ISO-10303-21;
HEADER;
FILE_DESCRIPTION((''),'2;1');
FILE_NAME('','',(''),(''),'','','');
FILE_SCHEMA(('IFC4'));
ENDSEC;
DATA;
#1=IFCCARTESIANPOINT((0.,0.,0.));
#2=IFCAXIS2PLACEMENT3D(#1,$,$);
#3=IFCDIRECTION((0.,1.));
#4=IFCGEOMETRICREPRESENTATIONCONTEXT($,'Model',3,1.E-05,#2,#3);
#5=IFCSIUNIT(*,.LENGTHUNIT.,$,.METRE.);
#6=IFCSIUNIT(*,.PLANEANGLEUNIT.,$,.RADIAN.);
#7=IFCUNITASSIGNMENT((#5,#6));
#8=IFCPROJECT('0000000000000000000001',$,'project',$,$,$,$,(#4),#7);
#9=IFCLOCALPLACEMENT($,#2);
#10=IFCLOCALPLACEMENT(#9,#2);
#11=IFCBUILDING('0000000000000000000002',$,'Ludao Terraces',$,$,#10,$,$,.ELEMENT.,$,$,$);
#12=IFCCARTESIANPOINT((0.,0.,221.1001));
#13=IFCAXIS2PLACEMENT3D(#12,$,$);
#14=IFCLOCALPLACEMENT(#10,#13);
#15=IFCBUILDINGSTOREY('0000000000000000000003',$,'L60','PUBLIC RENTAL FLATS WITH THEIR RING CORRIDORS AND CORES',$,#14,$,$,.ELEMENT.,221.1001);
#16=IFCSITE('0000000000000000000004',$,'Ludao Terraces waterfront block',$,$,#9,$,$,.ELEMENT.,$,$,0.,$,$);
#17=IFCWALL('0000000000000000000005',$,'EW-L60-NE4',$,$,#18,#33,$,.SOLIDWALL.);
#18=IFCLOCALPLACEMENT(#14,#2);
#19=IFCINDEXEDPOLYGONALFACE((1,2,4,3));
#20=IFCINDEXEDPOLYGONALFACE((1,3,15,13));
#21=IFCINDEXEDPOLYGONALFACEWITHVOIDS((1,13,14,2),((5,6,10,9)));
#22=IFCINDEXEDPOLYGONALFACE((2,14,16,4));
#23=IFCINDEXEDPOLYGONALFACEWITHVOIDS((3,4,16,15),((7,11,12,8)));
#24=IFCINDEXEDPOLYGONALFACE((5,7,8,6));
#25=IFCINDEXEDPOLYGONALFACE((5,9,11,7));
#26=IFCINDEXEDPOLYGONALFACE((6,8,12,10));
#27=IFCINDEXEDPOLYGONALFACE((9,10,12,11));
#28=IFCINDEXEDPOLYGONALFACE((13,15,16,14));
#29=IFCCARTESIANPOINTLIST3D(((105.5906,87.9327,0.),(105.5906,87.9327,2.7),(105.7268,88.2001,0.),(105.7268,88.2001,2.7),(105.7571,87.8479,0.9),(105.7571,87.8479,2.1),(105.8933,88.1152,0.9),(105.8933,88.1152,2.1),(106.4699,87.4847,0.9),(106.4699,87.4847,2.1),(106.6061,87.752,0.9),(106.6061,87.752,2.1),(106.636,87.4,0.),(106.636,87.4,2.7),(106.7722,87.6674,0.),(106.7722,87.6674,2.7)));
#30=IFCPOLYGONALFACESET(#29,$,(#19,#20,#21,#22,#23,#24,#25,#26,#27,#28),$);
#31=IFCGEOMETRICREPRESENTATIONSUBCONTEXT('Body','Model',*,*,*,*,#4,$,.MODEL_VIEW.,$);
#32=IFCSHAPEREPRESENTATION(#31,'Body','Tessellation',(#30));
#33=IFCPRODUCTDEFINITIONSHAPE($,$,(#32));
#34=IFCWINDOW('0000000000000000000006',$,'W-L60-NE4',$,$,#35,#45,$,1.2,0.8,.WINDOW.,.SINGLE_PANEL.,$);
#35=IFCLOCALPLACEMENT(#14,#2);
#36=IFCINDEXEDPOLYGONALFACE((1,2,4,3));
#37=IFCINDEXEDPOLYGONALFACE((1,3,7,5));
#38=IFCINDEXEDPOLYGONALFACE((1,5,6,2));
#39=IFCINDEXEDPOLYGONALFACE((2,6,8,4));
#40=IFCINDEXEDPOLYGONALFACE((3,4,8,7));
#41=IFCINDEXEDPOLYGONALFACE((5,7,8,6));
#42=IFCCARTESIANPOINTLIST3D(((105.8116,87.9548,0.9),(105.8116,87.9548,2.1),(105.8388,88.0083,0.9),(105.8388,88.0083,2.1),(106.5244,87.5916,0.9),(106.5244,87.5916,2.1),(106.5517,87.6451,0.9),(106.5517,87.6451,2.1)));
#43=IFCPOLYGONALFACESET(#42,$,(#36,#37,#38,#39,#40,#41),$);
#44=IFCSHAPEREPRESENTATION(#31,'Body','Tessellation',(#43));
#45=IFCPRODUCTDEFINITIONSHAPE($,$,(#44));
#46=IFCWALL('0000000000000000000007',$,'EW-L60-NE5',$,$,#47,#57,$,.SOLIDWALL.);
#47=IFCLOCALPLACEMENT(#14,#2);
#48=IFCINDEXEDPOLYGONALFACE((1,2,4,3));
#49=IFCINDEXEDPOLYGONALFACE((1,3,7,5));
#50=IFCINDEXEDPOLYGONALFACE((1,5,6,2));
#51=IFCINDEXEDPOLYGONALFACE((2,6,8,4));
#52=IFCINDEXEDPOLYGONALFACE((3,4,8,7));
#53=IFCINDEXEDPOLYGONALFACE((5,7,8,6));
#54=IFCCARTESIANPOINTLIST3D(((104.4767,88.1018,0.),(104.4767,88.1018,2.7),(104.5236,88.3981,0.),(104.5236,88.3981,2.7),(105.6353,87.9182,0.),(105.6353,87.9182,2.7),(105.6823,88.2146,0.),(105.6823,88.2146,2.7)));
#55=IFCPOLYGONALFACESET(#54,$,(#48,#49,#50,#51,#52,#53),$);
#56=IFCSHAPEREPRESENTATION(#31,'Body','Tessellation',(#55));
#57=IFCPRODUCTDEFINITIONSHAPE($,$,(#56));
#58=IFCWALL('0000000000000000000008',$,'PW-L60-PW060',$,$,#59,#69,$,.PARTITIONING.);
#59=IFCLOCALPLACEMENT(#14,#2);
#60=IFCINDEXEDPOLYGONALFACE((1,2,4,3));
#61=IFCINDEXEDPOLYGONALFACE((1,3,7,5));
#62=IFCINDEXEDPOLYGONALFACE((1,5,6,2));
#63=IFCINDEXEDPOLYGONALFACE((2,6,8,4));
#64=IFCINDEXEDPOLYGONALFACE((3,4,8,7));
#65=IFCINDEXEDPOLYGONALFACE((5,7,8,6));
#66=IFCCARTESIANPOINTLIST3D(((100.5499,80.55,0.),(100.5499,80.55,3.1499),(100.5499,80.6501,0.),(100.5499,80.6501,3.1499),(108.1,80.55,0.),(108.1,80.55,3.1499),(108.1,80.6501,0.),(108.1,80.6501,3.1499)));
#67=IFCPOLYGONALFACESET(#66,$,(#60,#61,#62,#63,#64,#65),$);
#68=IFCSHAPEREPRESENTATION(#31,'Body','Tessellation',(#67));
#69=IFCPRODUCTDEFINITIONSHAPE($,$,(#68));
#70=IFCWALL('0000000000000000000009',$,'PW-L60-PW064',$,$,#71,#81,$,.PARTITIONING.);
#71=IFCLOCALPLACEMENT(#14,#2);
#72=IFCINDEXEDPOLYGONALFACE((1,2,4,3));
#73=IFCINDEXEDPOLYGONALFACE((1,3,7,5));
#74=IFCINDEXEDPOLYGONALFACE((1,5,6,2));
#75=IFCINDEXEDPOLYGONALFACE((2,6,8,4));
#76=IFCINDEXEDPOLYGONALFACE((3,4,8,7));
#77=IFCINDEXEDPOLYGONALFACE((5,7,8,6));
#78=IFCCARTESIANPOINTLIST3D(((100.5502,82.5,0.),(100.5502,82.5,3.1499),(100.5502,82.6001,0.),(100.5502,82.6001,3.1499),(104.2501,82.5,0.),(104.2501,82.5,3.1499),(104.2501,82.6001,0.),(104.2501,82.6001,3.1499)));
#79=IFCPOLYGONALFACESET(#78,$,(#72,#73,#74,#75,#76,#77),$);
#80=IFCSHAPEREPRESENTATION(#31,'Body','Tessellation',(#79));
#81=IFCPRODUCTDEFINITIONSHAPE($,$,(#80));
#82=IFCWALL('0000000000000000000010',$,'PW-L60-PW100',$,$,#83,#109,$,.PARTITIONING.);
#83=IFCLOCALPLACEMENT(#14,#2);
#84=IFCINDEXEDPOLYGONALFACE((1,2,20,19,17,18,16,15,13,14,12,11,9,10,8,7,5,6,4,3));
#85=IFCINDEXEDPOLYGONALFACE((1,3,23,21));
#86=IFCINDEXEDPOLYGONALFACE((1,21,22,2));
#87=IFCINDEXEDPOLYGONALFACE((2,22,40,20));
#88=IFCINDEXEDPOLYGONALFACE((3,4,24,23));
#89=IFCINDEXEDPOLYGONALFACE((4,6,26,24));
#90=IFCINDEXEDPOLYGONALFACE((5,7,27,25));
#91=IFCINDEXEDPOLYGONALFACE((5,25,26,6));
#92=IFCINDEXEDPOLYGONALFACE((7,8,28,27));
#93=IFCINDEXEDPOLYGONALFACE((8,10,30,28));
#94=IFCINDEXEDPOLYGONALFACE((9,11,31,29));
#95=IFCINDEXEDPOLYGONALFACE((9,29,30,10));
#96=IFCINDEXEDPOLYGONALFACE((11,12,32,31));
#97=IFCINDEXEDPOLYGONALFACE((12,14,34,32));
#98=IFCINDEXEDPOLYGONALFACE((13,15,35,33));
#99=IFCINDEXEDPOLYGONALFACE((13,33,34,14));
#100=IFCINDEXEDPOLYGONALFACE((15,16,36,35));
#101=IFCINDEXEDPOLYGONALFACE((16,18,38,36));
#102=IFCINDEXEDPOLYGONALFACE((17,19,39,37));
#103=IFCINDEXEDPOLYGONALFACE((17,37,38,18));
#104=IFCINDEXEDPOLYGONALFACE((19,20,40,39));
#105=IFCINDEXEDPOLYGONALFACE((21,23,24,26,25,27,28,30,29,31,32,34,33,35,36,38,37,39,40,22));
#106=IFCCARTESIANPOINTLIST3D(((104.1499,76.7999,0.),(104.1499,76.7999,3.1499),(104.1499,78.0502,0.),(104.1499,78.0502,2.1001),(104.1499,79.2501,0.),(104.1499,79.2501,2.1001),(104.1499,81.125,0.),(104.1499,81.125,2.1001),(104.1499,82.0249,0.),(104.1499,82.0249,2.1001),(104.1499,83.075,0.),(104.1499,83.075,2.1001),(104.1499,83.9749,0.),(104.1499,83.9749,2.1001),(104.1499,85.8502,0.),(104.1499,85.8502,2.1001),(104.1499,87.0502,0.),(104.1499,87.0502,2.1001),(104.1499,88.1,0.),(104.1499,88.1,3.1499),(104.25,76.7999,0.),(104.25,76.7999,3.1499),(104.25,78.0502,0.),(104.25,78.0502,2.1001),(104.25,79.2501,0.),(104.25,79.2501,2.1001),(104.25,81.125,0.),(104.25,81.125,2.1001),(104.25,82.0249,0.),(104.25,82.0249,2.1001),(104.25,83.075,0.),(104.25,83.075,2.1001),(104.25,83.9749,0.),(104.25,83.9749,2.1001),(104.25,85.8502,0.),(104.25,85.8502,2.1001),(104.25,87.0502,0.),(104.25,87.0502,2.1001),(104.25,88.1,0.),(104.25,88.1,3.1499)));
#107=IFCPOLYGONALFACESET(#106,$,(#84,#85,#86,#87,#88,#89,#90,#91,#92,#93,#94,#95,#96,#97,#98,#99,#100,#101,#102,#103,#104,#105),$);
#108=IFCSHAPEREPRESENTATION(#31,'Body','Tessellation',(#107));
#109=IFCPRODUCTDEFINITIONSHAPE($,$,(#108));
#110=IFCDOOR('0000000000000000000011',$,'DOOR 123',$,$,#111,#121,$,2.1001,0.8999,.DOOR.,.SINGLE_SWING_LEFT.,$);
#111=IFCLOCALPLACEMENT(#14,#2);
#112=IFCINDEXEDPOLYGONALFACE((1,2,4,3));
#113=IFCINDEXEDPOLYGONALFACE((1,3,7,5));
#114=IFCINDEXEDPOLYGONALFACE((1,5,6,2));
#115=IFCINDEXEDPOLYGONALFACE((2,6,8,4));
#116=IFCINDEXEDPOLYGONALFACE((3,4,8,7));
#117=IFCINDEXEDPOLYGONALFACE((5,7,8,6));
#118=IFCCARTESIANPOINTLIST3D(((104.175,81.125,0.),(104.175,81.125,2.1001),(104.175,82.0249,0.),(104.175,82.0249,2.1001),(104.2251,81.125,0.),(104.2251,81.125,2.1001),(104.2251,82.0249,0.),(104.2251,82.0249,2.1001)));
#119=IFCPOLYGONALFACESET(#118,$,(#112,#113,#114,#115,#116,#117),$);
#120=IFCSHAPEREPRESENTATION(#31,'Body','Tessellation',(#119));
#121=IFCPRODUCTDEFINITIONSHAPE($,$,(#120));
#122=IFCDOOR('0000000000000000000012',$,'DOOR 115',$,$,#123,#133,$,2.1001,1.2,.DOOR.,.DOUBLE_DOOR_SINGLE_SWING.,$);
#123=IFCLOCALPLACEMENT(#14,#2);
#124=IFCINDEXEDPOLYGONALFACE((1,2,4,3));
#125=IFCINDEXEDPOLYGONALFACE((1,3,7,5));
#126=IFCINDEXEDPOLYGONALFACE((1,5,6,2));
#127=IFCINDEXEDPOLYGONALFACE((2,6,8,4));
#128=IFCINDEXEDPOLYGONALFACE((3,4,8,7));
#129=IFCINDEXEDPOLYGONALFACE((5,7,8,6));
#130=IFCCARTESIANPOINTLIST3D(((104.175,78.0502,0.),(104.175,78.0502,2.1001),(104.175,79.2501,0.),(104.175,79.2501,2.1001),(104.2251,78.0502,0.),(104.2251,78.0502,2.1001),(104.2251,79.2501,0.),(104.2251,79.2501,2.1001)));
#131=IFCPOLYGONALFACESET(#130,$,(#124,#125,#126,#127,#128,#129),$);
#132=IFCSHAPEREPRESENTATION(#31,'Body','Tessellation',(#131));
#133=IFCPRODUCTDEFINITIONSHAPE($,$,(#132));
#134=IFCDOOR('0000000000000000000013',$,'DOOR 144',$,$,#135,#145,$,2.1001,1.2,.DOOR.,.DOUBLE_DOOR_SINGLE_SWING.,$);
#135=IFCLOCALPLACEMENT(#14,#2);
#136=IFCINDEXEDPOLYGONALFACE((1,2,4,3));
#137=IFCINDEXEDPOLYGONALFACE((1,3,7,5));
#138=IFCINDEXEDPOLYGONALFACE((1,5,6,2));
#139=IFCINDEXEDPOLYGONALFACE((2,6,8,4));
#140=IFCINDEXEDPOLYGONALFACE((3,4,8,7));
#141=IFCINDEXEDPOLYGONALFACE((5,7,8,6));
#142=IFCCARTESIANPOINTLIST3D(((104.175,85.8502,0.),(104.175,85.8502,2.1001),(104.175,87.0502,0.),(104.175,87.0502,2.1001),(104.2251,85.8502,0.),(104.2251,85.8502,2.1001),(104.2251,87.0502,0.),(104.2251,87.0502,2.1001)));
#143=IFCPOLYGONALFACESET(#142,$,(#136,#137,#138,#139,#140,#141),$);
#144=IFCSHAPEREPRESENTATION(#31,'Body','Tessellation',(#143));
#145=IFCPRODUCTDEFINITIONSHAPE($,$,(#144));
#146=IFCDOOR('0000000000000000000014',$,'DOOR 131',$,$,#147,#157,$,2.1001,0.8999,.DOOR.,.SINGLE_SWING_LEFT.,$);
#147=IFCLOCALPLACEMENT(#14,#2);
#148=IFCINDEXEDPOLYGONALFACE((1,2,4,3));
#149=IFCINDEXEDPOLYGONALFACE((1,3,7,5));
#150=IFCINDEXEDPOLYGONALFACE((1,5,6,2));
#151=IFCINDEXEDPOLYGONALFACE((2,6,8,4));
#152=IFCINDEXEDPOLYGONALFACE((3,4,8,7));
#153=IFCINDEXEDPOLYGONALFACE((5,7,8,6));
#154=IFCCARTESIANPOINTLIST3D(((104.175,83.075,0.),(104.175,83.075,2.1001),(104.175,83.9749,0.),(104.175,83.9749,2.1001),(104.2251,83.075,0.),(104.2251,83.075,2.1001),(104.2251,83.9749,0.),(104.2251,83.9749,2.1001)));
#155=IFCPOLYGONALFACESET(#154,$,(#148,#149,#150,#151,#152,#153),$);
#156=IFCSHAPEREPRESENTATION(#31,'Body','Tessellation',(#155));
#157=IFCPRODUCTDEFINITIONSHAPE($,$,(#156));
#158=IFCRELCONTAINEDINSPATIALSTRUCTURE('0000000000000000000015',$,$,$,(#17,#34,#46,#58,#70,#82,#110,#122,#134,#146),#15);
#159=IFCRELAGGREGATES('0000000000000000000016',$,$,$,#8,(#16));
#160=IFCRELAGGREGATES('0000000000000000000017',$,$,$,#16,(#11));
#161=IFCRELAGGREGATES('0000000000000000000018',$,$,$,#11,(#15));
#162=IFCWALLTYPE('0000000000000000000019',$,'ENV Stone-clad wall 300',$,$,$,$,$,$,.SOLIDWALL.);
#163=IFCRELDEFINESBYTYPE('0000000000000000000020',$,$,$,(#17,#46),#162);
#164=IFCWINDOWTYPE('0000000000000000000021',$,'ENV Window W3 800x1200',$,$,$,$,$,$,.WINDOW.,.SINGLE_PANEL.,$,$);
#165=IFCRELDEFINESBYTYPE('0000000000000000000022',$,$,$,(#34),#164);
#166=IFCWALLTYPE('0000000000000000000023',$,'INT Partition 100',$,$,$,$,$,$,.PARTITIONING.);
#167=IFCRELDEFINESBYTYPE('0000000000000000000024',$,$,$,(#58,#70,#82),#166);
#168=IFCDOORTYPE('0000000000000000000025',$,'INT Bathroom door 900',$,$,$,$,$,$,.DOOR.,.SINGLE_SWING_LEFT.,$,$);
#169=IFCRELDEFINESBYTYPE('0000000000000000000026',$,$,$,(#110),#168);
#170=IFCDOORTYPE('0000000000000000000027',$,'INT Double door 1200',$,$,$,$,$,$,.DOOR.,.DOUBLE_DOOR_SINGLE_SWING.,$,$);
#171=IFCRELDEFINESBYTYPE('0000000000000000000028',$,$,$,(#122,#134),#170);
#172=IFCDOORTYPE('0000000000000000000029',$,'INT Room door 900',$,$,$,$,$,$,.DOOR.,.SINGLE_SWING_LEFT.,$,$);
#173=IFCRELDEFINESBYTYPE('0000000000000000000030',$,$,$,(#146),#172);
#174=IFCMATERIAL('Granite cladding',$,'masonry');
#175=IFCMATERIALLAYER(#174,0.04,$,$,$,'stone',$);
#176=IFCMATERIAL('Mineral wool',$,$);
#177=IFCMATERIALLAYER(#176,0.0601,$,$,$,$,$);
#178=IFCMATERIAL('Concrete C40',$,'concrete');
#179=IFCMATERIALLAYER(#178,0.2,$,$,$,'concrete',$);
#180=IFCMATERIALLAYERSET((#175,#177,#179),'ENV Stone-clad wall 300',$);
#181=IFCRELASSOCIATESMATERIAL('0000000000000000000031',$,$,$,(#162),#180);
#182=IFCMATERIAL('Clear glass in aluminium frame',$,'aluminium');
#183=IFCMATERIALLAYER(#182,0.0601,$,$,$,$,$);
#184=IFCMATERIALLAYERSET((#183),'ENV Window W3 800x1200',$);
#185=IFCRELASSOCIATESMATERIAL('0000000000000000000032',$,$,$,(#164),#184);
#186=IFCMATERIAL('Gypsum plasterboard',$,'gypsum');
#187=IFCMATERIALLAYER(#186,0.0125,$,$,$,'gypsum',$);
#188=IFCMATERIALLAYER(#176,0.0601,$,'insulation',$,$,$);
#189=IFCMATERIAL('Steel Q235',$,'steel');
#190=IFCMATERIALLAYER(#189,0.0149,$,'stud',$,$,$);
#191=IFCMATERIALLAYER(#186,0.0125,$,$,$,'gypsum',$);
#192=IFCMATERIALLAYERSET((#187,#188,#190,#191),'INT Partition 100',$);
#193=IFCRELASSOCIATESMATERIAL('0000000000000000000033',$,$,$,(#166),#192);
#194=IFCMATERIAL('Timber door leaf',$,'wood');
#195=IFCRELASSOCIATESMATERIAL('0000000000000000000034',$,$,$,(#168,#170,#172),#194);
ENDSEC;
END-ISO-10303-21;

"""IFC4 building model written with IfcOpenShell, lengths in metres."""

from ifc_helpers import new_model, si_unit, direction, frame, frame_2d, origin, place, context, subcontext, project, spatial, rectangle, extrude, material, layer, layer_set, type_object, element, fill, save


model = new_model("IFC4")

# Units and contexts
model_context = context("Model", 3, precision=1e-05, world=origin(), true_north=direction((0.0, 1.0)))
body_context = subcontext(model_context, "Body", "Model", "MODEL_VIEW")
ifc_project = project(units=[si_unit("LENGTHUNIT", "METRE"), si_unit("PLANEANGLEUNIT", "RADIAN")], contexts=[model_context])

# Site, building, storey
site_placement = place(None, origin())
site = spatial("IfcSite", under=ifc_project, at=site_placement, Name="Ludao Terraces waterfront block", CompositionType="ELEMENT", RefElevation=0.0)
building_placement = place(site_placement, origin())
building = spatial("IfcBuilding", under=site, at=building_placement, Name="Ludao Terraces", CompositionType="ELEMENT")
storey_placement = place(building_placement, frame((0.0, 0.0, 221.1001)))
storey = spatial("IfcBuildingStorey", under=building, at=storey_placement, Name="L60", Description="PUBLIC RENTAL FLATS WITH THEIR RING CORRIDORS AND CORES", CompositionType="ELEMENT", Elevation=221.1001)

# Shared definitions
ifc_material_1 = material(Name="Granite cladding", Category="masonry")
ifc_layer_1 = layer(ifc_material_1, 0.04, Category="stone")
ifc_material_2 = material(Name="Mineral wool")
ifc_layer_2 = layer(ifc_material_2, 0.0601)
ifc_material_3 = material(Name="Concrete C40", Category="concrete")
ifc_layer_3 = layer(ifc_material_3, 0.2, Category="concrete")
ifc_layer_set_1 = layer_set([ifc_layer_1, ifc_layer_2, ifc_layer_3], Name="ENV Stone-clad wall 300")
wall_type_1 = type_object("IfcWallType", Name="ENV Stone-clad wall 300", PredefinedType="SOLIDWALL", material=ifc_layer_set_1)
ifc_material_4 = material(Name="Clear glass in aluminium frame", Category="aluminium")

# Wall, opening, window
ifc_layer_4 = layer(ifc_material_4, 0.0601)
ifc_layer_set_2 = layer_set([ifc_layer_4], Name="ENV Window W3 800x1200")
window_type_1 = type_object("IfcWindowType", Name="ENV Window W3 800x1200", PartitioningType="SINGLE_PANEL", PredefinedType="WINDOW", material=ifc_layer_set_2)
wall_1_placement = place(storey_placement, frame((106.7041, 87.5337, 0.0), z_axis=(0.0, 0.0, 1.0), x_axis=(-0.890989, 0.454026, 0.0)))
wall_1 = element("IfcWall", 1, at=wall_1_placement, inside=storey, type_object=wall_type_1, Name="EW-L60-NE4", PredefinedType="SOLIDWALL", context=body_context, shape_type="SweptSolid", body=[
    extrude(rectangle(XDim=1.1733, YDim=0.3, at=frame_2d((0.5867, 0.0))), origin(), (0.0, 0.0, 1.0), 2.7),
])
opening_1_placement = place(wall_1_placement, frame((0.1865, 0.0, 0.8999)))
opening_1 = element("IfcOpeningElement", 2, at=opening_1_placement, cuts=wall_1, PredefinedType="OPENING", context=body_context, shape_type="SweptSolid", body=[
    extrude(rectangle(XDim=0.8, YDim=1.2, at=frame_2d((0.3999, 0.6001))), frame((0.0, 0.1602, 0.0), z_axis=(0.0, -1.0, 0.0), x_axis=(1.0, 0.0, 0.0)), (0.0, 0.0, 1.0), 0.3201),
])
window_1_placement = place(opening_1_placement, origin())
window_1 = element("IfcWindow", 3, at=window_1_placement, inside=storey, type_object=window_type_1, Name="W-L60-NE4", OverallHeight=1.2, OverallWidth=0.8, PartitioningType="SINGLE_PANEL", PredefinedType="WINDOW", context=body_context, shape_type="SweptSolid", body=[
    extrude(rectangle(XDim=0.8, YDim=1.2, at=frame_2d((0.3999, 0.6001))), frame((0.0, 0.03, 0.0), z_axis=(0.0, -1.0, 0.0), x_axis=(1.0, 0.0, 0.0)), (0.0, 0.0, 1.0), 0.0601),
])
fill(opening_1, window_1)

# Walls
wall_2_placement = place(storey_placement, frame((105.6587, 88.0664, 0.0), z_axis=(0.0, 0.0, 1.0), x_axis=(-0.987678, 0.156497, 0.0)))
element("IfcWall", 4, at=wall_2_placement, inside=storey, type_object=wall_type_1, Name="EW-L60-NE5", PredefinedType="SOLIDWALL", context=body_context, shape_type="SweptSolid", body=[
    extrude(rectangle(XDim=1.1731, YDim=0.3, at=frame_2d((0.5864, 0.0))), origin(), (0.0, 0.0, 1.0), 2.7),
])
ifc_material_5 = material(Name="Gypsum plasterboard", Category="gypsum")
ifc_layer_5 = layer(ifc_material_5, 0.0125, Category="gypsum")
ifc_layer_6 = layer(ifc_material_2, 0.0601, Name="insulation")
ifc_material_6 = material(Name="Steel Q235", Category="steel")
ifc_layer_7 = layer(ifc_material_6, 0.0149, Name="stud")
ifc_layer_8 = layer(ifc_material_5, 0.0125, Category="gypsum")
ifc_layer_set_3 = layer_set([ifc_layer_5, ifc_layer_6, ifc_layer_7, ifc_layer_8], Name="INT Partition 100")
wall_type_2 = type_object("IfcWallType", Name="INT Partition 100", PredefinedType="PARTITIONING", material=ifc_layer_set_3)
wall_3_placement = place(storey_placement, frame((100.55, 80.6001, 0.0), z_axis=(0.0, 0.0, 1.0), x_axis=(1.0, 0.0, 0.0)))
element("IfcWall", 5, at=wall_3_placement, inside=storey, type_object=wall_type_2, Name="PW-L60-PW060", PredefinedType="PARTITIONING", context=body_context, shape_type="SweptSolid", body=[
    extrude(rectangle(XDim=7.55, YDim=0.1001, at=frame_2d((3.7749, 0.0))), origin(), (0.0, 0.0, 1.0), 3.1499),
])
wall_4_placement = place(storey_placement, frame((100.55, 82.55, 0.0), z_axis=(0.0, 0.0, 1.0), x_axis=(1.0, 0.0, 0.0)))
element("IfcWall", 6, at=wall_4_placement, inside=storey, type_object=wall_type_2, Name="PW-L60-PW064", PredefinedType="PARTITIONING", context=body_context, shape_type="SweptSolid", body=[
    extrude(rectangle(XDim=3.7, YDim=0.1001, at=frame_2d((1.8501, 0.0))), origin(), (0.0, 0.0, 1.0), 3.1499),
])

# Wall, openings, doors
wall_5_placement = place(storey_placement, frame((104.2, 76.8, 0.0), z_axis=(0.0, 0.0, 1.0), x_axis=(0.0, 1.0, 0.0)))
wall_5 = element("IfcWall", 7, at=wall_5_placement, inside=storey, type_object=wall_type_2, Name="PW-L60-PW100", PredefinedType="PARTITIONING", context=body_context, shape_type="SweptSolid", body=[
    extrude(rectangle(XDim=11.3, YDim=0.1001, at=frame_2d((5.6499, 0.0))), origin(), (0.0, 0.0, 1.0), 3.1499),
])
opening_2_placement = place(wall_5_placement, frame((1.25, 0.0, 0.0)))
opening_2 = element("IfcOpeningElement", 8, at=opening_2_placement, cuts=wall_5, PredefinedType="OPENING", context=body_context, shape_type="SweptSolid", body=[
    extrude(rectangle(XDim=1.2, YDim=2.1001, at=frame_2d((0.6001, 1.05))), frame((0.0, 0.0601, 0.0), z_axis=(0.0, -1.0, 0.0), x_axis=(1.0, 0.0, 0.0)), (0.0, 0.0, 1.0), 0.1201),
])
opening_3_placement = place(wall_5_placement, frame((4.325, 0.0, 0.0)))
opening_3 = element("IfcOpeningElement", 9, at=opening_3_placement, cuts=wall_5, PredefinedType="OPENING", context=body_context, shape_type="SweptSolid", body=[
    extrude(rectangle(XDim=0.8999, YDim=2.1001, at=frame_2d((0.45, 1.05))), frame((0.0, 0.0601, 0.0), z_axis=(0.0, -1.0, 0.0), x_axis=(1.0, 0.0, 0.0)), (0.0, 0.0, 1.0), 0.1201),
])
opening_4_placement = place(wall_5_placement, frame((6.2749, 0.0, 0.0)))
opening_4 = element("IfcOpeningElement", 10, at=opening_4_placement, cuts=wall_5, PredefinedType="OPENING", context=body_context, shape_type="SweptSolid", body=[
    extrude(rectangle(XDim=0.8999, YDim=2.1001, at=frame_2d((0.45, 1.05))), frame((0.0, 0.0601, 0.0), z_axis=(0.0, -1.0, 0.0), x_axis=(1.0, 0.0, 0.0)), (0.0, 0.0, 1.0), 0.1201),
])
opening_5_placement = place(wall_5_placement, frame((9.05, 0.0, 0.0)))
opening_5 = element("IfcOpeningElement", 11, at=opening_5_placement, cuts=wall_5, PredefinedType="OPENING", context=body_context, shape_type="SweptSolid", body=[
    extrude(rectangle(XDim=1.2, YDim=2.1001, at=frame_2d((0.6001, 1.05))), frame((0.0, 0.0601, 0.0), z_axis=(0.0, -1.0, 0.0), x_axis=(1.0, 0.0, 0.0)), (0.0, 0.0, 1.0), 0.1201),
])
ifc_material_7 = material(Name="Timber door leaf", Category="wood")
door_type_1 = type_object("IfcDoorType", Name="INT Bathroom door 900", OperationType="SINGLE_SWING_LEFT", PredefinedType="DOOR", material=ifc_material_7)
door_1_placement = place(opening_3_placement, origin())
door_1 = element("IfcDoor", 12, at=door_1_placement, inside=storey, type_object=door_type_1, Name="DOOR 123", OperationType="SINGLE_SWING_LEFT", OverallHeight=2.1001, OverallWidth=0.8999, PredefinedType="DOOR", context=body_context, shape_type="SweptSolid", body=[
    extrude(rectangle(XDim=0.8999, YDim=2.1001, at=frame_2d((0.45, 1.05))), frame((0.0, 0.0249, 0.0), z_axis=(0.0, -1.0, 0.0), x_axis=(1.0, 0.0, 0.0)), (0.0, 0.0, 1.0), 0.05),
])
fill(opening_3, door_1)
door_type_2 = type_object("IfcDoorType", Name="INT Double door 1200", OperationType="DOUBLE_DOOR_SINGLE_SWING", PredefinedType="DOOR", material=ifc_material_7)
door_2_placement = place(opening_2_placement, origin())
door_2 = element("IfcDoor", 13, at=door_2_placement, inside=storey, type_object=door_type_2, Name="DOOR 115", OperationType="DOUBLE_DOOR_SINGLE_SWING", OverallHeight=2.1001, OverallWidth=1.2, PredefinedType="DOOR", context=body_context, shape_type="SweptSolid", body=[
    extrude(rectangle(XDim=1.2, YDim=2.1001, at=frame_2d((0.6001, 1.05))), frame((0.0, 0.0249, 0.0), z_axis=(0.0, -1.0, 0.0), x_axis=(1.0, 0.0, 0.0)), (0.0, 0.0, 1.0), 0.05),
])
fill(opening_2, door_2)
door_3_placement = place(opening_5_placement, origin())
door_3 = element("IfcDoor", 14, at=door_3_placement, inside=storey, type_object=door_type_2, Name="DOOR 144", OperationType="DOUBLE_DOOR_SINGLE_SWING", OverallHeight=2.1001, OverallWidth=1.2, PredefinedType="DOOR", context=body_context, shape_type="SweptSolid", body=[
    extrude(rectangle(XDim=1.2, YDim=2.1001, at=frame_2d((0.6001, 1.05))), frame((0.0, 0.0249, 0.0), z_axis=(0.0, -1.0, 0.0), x_axis=(1.0, 0.0, 0.0)), (0.0, 0.0, 1.0), 0.05),
])
fill(opening_5, door_3)
door_type_3 = type_object("IfcDoorType", Name="INT Room door 900", OperationType="SINGLE_SWING_LEFT", PredefinedType="DOOR", material=ifc_material_7)
door_4_placement = place(opening_4_placement, origin())
door_4 = element("IfcDoor", 15, at=door_4_placement, inside=storey, type_object=door_type_3, Name="DOOR 131", OperationType="SINGLE_SWING_LEFT", OverallHeight=2.1001, OverallWidth=0.8999, PredefinedType="DOOR", context=body_context, shape_type="SweptSolid", body=[
    extrude(rectangle(XDim=0.8999, YDim=2.1001, at=frame_2d((0.45, 1.05))), frame((0.0, 0.0249, 0.0), z_axis=(0.0, -1.0, 0.0), x_axis=(1.0, 0.0, 0.0)), (0.0, 0.0, 1.0), 0.05),
])
fill(opening_4, door_4)

save(model, "model.ifc")
